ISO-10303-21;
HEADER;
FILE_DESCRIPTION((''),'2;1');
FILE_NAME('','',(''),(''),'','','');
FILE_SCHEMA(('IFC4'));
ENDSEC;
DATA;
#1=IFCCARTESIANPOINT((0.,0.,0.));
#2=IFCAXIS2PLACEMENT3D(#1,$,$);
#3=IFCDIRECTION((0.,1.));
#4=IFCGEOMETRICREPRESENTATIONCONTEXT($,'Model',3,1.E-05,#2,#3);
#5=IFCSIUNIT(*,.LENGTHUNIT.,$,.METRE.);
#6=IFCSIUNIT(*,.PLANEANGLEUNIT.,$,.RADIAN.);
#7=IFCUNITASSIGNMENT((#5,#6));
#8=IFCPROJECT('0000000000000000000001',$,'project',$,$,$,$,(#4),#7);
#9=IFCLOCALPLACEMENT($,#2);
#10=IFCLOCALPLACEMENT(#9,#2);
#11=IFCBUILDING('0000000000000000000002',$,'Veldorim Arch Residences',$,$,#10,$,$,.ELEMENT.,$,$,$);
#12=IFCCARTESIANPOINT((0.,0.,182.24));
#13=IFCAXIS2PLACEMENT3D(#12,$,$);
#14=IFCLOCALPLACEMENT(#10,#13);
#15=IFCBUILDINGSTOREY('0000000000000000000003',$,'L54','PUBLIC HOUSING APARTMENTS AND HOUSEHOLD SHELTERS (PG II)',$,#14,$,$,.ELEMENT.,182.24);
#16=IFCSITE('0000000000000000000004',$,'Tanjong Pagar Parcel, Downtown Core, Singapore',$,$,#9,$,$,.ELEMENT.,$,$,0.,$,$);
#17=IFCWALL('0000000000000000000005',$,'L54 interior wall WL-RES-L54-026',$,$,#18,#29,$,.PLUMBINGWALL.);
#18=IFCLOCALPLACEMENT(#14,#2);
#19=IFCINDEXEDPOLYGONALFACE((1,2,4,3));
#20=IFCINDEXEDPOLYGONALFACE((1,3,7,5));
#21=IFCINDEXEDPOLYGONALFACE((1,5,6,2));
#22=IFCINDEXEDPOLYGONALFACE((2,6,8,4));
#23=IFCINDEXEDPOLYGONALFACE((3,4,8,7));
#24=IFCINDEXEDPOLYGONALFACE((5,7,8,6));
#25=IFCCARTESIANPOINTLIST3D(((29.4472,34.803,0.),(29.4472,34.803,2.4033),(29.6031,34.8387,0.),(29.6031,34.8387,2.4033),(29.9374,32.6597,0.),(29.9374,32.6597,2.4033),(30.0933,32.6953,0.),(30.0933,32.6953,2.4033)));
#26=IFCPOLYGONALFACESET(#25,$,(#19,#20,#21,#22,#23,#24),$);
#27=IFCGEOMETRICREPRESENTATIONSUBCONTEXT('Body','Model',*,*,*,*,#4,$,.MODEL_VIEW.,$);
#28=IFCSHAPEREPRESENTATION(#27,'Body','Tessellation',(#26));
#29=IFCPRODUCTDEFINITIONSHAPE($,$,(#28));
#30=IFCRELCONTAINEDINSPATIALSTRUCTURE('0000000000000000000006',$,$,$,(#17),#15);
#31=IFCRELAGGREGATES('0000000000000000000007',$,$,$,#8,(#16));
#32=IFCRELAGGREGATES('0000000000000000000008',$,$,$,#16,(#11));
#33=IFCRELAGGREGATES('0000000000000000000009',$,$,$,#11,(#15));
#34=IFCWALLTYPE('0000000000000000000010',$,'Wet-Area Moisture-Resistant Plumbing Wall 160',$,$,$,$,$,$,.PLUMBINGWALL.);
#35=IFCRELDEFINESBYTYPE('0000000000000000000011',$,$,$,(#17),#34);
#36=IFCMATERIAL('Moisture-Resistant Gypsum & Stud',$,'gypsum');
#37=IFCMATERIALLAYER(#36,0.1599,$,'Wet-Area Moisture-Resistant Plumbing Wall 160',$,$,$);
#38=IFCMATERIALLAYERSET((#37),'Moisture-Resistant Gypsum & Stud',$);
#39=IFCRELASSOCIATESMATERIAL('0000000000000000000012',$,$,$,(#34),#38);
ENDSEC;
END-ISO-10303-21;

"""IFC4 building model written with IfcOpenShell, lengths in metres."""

from ifc_helpers import new_model, si_unit, direction, frame, frame_2d, origin, place, context, subcontext, project, spatial, rectangle, extrude, material, layer, layer_set, type_object, element, save


model = new_model("IFC4")

# Units and contexts
model_context = context("Model", 3, precision=1e-05, world=origin(), true_north=direction((0.0, 1.0)))
body_context = subcontext(model_context, "Body", "Model", "MODEL_VIEW")
ifc_project = project(units=[si_unit("LENGTHUNIT", "METRE"), si_unit("PLANEANGLEUNIT", "RADIAN")], contexts=[model_context])

# Site, building, storey
site_placement = place(None, origin())
site = spatial("IfcSite", under=ifc_project, at=site_placement, Name="Tanjong Pagar Parcel, Downtown Core, Singapore", CompositionType="ELEMENT", RefElevation=0.0)
building_placement = place(site_placement, origin())
building = spatial("IfcBuilding", under=site, at=building_placement, Name="Veldorim Arch Residences", CompositionType="ELEMENT")
storey_placement = place(building_placement, frame((0.0, 0.0, 182.24)))
storey = spatial("IfcBuildingStorey", under=building, at=storey_placement, Name="L54", Description="PUBLIC HOUSING APARTMENTS AND HOUSEHOLD SHELTERS (PG II)", CompositionType="ELEMENT", Elevation=182.24)

# Wall
ifc_material_1 = material(Name="Moisture-Resistant Gypsum & Stud", Category="gypsum")
ifc_layer_1 = layer(ifc_material_1, 0.1599, Name="Wet-Area Moisture-Resistant Plumbing Wall 160")
ifc_layer_set_1 = layer_set([ifc_layer_1], Name="Moisture-Resistant Gypsum & Stud")
wall_type_1 = type_object("IfcWallType", Name="Wet-Area Moisture-Resistant Plumbing Wall 160", PredefinedType="PLUMBINGWALL", material=ifc_layer_set_1)
wall_1_placement = place(storey_placement, frame((30.0154, 32.6775, 0.0), z_axis=(0.0, 0.0, 1.0), x_axis=(-0.22297, 0.974825, 0.0)))
element("IfcWall", 1, at=wall_1_placement, inside=storey, type_object=wall_type_1, Name="L54 interior wall WL-RES-L54-026", PredefinedType="PLUMBINGWALL", context=body_context, shape_type="SweptSolid", body=[
    extrude(rectangle(XDim=2.1987, YDim=0.1599, at=frame_2d((1.0994, 0.0))), origin(), (0.0, 0.0, 1.0), 2.4033),
])

save(model, "model.ifc")
